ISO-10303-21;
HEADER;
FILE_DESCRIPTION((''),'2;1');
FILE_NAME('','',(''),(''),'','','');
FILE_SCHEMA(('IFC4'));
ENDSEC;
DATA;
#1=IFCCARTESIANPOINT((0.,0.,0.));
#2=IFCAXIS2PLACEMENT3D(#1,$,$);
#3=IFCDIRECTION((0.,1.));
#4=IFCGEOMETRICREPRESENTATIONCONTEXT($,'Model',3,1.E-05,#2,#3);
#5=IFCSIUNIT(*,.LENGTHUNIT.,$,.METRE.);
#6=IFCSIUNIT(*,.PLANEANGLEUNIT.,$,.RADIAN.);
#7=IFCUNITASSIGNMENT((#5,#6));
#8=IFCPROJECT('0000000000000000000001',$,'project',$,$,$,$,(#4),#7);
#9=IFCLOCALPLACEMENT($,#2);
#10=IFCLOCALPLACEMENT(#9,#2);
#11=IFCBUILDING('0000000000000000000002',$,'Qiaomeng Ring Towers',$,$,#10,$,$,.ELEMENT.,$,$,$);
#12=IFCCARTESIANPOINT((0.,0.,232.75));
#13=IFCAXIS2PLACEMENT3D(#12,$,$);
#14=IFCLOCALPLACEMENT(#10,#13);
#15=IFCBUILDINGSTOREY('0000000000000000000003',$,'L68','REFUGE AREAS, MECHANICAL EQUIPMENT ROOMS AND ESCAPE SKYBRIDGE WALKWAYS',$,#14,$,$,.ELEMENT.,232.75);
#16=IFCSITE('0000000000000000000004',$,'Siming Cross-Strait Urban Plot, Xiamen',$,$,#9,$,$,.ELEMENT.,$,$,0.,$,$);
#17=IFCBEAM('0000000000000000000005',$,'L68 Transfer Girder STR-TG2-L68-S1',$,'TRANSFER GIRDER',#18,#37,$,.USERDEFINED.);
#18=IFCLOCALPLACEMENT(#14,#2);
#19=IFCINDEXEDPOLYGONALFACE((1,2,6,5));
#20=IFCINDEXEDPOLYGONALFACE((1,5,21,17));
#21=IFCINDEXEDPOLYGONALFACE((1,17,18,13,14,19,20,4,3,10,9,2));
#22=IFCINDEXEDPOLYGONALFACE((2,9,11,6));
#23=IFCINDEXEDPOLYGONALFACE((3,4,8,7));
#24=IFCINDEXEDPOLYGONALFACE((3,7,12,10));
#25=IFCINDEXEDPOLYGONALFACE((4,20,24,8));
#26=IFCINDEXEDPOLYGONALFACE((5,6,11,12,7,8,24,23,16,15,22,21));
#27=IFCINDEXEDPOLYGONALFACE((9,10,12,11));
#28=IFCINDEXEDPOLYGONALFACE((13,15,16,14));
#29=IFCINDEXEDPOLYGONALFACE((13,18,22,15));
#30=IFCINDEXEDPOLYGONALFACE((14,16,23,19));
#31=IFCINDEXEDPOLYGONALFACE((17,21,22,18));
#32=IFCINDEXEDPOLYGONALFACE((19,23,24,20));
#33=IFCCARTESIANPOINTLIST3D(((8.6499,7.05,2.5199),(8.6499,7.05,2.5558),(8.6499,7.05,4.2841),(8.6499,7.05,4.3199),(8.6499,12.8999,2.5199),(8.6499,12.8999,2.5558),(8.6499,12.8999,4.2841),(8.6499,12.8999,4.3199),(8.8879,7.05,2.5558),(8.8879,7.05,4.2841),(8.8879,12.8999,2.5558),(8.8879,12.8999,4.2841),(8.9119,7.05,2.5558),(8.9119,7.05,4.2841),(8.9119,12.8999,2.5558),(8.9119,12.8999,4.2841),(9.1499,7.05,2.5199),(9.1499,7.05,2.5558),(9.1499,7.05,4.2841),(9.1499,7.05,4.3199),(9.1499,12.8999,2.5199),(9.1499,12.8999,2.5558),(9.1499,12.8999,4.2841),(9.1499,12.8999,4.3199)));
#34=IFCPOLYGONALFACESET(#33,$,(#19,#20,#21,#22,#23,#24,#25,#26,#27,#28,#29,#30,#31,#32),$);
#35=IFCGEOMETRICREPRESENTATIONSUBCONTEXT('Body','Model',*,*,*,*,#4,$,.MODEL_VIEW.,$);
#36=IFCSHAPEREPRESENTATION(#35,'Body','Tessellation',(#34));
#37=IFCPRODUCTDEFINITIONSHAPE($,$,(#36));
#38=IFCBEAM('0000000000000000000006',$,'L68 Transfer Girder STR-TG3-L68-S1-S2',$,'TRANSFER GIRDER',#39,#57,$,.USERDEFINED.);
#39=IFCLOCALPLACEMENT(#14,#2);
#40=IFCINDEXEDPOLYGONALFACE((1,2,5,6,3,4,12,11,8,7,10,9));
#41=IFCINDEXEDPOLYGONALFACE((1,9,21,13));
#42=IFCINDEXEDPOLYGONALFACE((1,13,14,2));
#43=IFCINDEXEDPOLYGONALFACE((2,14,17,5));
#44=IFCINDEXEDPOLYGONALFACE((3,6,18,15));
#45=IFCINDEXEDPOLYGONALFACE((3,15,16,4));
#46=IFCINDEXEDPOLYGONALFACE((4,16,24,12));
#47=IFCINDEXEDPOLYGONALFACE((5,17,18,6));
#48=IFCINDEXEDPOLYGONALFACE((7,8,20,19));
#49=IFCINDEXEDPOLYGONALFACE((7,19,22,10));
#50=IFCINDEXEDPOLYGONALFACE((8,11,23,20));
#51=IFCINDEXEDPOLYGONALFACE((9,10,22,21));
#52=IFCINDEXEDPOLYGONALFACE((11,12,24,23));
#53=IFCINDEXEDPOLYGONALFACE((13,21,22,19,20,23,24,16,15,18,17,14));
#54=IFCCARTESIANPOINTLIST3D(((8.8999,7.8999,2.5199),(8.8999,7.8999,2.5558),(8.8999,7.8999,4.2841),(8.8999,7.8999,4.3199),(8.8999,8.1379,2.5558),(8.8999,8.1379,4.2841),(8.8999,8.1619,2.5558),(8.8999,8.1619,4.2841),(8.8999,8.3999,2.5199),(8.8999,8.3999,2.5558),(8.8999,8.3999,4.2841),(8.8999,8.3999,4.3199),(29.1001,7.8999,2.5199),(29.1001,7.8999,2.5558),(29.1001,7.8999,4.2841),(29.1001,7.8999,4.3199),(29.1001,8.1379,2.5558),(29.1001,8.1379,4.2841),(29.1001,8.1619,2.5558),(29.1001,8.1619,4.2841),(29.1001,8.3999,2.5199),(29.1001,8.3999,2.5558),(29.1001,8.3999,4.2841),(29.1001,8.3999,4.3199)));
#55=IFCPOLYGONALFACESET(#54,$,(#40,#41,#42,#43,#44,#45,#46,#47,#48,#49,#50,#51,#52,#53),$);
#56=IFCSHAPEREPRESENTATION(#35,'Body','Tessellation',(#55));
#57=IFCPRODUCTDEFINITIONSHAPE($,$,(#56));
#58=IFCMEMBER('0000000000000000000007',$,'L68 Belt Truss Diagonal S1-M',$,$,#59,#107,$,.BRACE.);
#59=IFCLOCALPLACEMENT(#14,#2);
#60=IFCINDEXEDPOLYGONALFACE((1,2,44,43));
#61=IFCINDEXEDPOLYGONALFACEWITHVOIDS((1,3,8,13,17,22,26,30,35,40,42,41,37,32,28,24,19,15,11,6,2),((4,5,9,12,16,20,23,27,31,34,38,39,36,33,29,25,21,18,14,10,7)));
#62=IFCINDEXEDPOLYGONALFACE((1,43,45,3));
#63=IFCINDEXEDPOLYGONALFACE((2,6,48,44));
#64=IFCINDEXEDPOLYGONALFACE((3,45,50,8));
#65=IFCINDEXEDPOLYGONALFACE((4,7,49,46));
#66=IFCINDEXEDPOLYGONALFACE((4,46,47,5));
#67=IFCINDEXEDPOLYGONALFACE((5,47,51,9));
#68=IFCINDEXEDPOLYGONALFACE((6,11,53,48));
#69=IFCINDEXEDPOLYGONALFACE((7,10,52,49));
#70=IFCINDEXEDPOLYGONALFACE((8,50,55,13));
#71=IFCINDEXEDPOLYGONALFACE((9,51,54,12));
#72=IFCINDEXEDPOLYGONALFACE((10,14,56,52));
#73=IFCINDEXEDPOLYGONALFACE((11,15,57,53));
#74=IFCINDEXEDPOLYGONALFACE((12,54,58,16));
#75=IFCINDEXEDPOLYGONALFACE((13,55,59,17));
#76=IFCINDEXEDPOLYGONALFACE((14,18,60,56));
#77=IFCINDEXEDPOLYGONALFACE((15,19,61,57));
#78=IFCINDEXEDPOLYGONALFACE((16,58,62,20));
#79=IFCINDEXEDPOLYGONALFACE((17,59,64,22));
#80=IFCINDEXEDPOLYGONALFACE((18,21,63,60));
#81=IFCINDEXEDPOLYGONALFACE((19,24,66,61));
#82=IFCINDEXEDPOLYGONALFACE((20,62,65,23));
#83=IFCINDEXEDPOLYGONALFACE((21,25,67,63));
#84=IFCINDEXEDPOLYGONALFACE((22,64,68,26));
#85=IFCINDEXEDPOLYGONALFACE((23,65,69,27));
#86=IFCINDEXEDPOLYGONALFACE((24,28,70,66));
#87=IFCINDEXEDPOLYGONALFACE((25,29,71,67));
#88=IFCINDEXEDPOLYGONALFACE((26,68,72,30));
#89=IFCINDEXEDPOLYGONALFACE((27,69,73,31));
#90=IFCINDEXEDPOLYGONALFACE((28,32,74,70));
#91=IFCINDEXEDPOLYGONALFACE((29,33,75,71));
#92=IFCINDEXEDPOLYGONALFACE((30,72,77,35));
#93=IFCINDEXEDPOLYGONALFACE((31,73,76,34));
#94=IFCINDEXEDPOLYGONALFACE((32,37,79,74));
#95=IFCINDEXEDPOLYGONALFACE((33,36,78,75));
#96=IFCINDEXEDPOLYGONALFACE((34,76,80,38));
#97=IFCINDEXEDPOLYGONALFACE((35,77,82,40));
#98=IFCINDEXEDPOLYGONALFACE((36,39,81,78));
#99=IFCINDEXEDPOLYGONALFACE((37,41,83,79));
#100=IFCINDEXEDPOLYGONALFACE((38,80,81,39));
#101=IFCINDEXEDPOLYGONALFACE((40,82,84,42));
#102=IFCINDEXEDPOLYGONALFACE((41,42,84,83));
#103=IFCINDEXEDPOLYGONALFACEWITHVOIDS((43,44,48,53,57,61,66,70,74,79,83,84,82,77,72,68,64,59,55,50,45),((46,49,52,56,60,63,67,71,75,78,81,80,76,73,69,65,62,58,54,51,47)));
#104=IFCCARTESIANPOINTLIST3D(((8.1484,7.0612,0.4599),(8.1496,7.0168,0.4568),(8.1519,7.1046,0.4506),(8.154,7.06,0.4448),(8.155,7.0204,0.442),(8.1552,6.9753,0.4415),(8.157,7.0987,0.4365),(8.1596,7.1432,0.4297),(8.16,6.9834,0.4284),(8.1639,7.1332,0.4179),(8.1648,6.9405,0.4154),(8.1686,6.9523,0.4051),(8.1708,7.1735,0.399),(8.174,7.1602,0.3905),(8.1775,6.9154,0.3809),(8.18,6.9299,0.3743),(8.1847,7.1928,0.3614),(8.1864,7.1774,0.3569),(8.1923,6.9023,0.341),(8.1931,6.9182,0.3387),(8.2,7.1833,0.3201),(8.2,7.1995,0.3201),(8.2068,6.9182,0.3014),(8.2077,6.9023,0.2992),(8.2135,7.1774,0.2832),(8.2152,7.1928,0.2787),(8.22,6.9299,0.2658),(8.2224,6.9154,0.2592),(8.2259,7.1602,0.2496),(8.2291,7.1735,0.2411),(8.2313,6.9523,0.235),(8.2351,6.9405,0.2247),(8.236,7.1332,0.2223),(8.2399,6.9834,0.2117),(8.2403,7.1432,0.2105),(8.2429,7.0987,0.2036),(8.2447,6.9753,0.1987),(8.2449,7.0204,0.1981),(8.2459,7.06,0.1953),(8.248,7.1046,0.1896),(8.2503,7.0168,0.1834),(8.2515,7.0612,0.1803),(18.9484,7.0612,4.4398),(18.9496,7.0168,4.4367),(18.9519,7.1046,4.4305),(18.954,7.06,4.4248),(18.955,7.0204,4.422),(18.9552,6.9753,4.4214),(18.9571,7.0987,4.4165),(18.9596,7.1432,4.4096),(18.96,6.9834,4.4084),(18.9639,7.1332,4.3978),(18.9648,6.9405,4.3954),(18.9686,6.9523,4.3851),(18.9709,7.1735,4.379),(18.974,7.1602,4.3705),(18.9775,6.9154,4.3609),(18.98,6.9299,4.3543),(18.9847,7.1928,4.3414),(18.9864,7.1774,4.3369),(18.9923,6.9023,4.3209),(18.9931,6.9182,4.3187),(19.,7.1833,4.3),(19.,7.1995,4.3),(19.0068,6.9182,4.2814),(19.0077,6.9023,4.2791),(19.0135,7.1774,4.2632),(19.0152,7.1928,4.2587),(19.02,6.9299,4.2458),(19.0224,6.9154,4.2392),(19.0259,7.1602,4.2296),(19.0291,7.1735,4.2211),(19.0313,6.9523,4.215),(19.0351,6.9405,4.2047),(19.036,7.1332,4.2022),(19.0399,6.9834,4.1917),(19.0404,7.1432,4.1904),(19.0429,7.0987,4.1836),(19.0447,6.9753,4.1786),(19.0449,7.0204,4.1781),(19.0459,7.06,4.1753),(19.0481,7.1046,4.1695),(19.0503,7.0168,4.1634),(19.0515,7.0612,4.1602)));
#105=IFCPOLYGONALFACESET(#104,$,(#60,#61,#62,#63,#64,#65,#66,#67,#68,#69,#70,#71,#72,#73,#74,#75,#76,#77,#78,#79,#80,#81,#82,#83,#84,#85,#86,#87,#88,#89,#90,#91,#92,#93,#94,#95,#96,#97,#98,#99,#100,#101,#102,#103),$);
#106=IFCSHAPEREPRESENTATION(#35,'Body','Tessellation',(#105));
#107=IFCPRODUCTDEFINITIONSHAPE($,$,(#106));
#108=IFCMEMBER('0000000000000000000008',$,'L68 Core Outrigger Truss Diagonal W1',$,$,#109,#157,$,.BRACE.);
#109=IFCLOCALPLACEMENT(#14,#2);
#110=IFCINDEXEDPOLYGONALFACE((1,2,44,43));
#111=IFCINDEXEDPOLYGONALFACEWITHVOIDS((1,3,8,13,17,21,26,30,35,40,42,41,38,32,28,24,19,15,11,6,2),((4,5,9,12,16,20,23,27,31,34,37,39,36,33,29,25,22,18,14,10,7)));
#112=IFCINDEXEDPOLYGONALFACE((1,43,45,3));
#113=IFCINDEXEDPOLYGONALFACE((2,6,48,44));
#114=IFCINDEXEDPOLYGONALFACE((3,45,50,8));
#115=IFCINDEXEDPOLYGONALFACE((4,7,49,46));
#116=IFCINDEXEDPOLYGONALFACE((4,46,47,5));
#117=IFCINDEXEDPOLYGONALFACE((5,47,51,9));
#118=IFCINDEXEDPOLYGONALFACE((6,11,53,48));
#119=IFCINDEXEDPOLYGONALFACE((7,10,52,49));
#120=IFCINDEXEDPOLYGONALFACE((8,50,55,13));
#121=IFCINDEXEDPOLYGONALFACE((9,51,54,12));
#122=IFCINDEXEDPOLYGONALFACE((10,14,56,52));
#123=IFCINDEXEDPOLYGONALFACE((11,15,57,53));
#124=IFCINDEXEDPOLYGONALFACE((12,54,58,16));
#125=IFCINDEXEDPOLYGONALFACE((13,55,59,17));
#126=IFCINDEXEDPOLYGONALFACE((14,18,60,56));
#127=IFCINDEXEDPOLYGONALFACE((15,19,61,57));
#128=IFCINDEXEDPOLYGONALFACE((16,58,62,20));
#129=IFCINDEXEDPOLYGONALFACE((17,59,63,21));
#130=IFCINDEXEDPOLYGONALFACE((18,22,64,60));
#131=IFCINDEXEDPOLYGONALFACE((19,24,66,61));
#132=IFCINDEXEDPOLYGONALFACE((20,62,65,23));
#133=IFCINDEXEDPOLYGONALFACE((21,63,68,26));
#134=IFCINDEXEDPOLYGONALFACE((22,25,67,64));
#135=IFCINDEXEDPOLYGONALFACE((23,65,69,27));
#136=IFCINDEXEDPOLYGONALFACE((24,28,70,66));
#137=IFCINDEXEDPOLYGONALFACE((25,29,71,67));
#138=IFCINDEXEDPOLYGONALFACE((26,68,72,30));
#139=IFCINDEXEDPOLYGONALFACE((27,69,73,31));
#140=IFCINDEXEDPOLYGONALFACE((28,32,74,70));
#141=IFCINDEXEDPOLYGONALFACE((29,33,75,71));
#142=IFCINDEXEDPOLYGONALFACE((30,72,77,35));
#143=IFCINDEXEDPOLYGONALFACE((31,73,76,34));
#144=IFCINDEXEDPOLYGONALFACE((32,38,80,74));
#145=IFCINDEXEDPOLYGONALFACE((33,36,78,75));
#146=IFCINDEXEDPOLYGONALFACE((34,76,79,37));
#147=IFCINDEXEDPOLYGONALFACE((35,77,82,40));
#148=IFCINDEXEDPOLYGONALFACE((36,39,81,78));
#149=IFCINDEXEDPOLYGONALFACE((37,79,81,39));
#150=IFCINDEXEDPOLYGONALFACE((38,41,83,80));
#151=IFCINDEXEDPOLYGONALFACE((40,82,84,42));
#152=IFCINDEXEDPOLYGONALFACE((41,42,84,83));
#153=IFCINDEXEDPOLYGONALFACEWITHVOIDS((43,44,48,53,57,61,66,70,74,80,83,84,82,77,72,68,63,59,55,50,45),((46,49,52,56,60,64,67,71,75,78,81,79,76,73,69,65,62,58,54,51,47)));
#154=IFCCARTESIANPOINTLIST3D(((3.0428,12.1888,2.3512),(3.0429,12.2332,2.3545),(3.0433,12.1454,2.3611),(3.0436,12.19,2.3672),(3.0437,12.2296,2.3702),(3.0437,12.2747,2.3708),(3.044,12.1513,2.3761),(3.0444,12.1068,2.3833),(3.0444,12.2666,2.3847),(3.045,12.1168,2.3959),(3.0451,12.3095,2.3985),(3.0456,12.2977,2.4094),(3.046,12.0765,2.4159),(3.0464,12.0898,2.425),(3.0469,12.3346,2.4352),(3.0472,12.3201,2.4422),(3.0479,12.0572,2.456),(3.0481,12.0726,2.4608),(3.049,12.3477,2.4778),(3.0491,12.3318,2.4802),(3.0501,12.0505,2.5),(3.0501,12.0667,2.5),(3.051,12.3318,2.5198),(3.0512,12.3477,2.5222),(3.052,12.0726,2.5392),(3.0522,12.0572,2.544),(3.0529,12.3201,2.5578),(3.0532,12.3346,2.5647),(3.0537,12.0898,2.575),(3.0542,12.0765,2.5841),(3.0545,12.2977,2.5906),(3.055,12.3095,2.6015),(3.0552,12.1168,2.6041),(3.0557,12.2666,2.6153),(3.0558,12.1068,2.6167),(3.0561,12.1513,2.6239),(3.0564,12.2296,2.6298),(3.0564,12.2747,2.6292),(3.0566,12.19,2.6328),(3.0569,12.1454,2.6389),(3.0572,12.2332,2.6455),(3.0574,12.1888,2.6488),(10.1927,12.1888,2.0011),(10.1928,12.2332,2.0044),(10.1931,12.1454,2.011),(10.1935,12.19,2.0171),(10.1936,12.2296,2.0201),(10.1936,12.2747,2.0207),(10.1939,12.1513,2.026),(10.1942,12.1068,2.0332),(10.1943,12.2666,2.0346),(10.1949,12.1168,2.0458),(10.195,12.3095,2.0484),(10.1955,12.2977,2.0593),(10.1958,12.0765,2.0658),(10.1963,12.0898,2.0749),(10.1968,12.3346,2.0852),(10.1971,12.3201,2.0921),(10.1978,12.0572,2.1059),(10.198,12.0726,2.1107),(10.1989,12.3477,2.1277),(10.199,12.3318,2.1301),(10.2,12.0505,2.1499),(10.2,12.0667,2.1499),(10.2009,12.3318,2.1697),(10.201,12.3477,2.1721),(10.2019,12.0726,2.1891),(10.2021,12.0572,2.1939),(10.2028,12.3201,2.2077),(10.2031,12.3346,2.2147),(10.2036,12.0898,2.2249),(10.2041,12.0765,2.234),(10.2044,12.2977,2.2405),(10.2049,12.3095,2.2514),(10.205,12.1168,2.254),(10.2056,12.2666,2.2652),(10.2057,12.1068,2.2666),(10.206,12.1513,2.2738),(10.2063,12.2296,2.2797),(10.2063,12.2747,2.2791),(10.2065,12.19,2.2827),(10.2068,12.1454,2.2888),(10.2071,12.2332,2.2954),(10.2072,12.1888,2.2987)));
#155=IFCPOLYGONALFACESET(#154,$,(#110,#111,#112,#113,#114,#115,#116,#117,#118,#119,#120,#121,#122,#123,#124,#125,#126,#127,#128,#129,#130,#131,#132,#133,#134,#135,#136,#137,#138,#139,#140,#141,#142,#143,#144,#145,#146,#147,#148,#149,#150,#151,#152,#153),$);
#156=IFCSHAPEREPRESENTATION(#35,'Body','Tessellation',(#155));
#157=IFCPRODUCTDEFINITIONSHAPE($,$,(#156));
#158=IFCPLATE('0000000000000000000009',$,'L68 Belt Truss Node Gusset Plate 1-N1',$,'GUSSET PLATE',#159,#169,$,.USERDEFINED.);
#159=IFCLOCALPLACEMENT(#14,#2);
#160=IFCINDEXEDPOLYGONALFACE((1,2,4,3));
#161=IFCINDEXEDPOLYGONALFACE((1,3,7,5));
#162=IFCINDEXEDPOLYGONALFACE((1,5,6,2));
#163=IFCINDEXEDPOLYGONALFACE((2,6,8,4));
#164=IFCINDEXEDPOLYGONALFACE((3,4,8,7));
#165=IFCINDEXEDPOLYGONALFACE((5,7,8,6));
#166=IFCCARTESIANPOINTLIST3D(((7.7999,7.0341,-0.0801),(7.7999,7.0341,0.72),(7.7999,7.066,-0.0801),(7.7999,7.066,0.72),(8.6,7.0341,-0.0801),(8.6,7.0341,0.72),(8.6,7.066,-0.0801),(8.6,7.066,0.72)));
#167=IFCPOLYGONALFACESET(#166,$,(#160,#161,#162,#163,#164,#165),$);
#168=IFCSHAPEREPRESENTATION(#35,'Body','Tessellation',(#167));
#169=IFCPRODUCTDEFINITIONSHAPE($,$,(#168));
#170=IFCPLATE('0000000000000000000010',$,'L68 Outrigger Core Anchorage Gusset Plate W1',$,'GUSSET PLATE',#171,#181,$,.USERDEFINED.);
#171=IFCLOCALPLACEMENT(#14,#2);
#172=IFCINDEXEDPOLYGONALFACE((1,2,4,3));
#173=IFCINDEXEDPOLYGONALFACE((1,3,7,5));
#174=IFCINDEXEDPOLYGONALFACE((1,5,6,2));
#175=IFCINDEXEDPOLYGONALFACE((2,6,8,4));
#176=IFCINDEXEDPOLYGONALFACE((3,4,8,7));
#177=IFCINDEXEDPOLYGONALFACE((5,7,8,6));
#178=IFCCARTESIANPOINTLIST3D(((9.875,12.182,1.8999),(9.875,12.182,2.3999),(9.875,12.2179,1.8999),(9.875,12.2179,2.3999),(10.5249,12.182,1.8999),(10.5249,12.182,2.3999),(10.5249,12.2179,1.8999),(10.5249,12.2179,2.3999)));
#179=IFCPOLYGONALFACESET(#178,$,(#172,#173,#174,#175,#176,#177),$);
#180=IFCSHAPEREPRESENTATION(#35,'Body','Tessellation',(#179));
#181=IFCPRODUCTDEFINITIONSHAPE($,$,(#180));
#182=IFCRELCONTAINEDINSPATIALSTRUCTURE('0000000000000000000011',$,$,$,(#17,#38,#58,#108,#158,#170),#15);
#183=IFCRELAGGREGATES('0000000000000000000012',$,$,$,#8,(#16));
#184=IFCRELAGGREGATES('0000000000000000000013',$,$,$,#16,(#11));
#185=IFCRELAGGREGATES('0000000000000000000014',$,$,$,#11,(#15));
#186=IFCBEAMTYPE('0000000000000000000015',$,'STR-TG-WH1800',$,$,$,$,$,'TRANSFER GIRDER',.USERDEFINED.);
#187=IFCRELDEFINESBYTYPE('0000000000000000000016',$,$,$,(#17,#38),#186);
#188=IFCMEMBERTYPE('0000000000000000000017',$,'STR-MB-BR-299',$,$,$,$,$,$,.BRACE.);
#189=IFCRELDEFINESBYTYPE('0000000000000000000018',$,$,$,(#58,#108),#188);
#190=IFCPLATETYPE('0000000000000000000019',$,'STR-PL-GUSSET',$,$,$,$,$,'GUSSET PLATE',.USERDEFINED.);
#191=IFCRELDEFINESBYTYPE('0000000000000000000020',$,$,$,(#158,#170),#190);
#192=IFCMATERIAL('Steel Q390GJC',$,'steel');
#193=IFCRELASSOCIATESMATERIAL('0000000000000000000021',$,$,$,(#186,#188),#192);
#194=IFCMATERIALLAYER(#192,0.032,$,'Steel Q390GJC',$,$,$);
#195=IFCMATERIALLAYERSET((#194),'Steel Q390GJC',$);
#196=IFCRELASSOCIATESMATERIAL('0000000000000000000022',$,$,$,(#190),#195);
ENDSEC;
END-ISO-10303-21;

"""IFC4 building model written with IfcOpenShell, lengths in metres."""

from ifc_helpers import new_model, si_unit, direction, frame, origin, origin_2d, place, context, subcontext, project, spatial, rectangle, hollow_circle, i_section, extrude, source, transform, mapped, material, layer, layer_set, material_profile, profile_set, type_object, element, save


model = new_model("IFC4")

# Units and contexts
model_context = context("Model", 3, precision=1e-05, world=origin(), true_north=direction((0.0, 1.0)))
body_context = subcontext(model_context, "Body", "Model", "MODEL_VIEW")
ifc_project = project(units=[si_unit("LENGTHUNIT", "METRE"), si_unit("PLANEANGLEUNIT", "RADIAN")], contexts=[model_context])

# Site, building, storey
site_placement = place(None, origin())
site = spatial("IfcSite", under=ifc_project, at=site_placement, Name="Siming Cross-Strait Urban Plot, Xiamen", CompositionType="ELEMENT", RefElevation=0.0)
building_placement = place(site_placement, origin())
building = spatial("IfcBuilding", under=site, at=building_placement, Name="Qiaomeng Ring Towers", CompositionType="ELEMENT")
storey_placement = place(building_placement, frame((0.0, 0.0, 232.75)))
storey = spatial("IfcBuildingStorey", under=building, at=storey_placement, Name="L68", Description="REFUGE AREAS, MECHANICAL EQUIPMENT ROOMS AND ESCAPE SKYBRIDGE WALKWAYS", CompositionType="ELEMENT", Elevation=232.75)

# Beams
ifc_material_1 = material(Name="Steel Q390GJC", Category="steel")
ifc_material_profile_1 = material_profile(ifc_material_1, i_section(OverallWidth=0.5, OverallDepth=1.8, WebThickness=0.0239, FlangeThickness=0.0359, at=origin_2d()), Name="WH 1800x500x24x36")
ifc_profile_set_1 = profile_set([ifc_material_profile_1], Name="Steel Q390GJC")
beam_type_1 = type_object("IfcBeamType", Name="STR-TG-WH1800", ElementType="TRANSFER GIRDER", PredefinedType="USERDEFINED", material=ifc_profile_set_1)
shared_shape_1 = source(origin(), body_context, "Body", "SweptSolid", [
    extrude(i_section(OverallWidth=0.5, OverallDepth=1.8, WebThickness=0.0239, FlangeThickness=0.0359, at=origin_2d()), origin(), (0.0, 0.0, 1.0), 5.8499),
])
beam_1_placement = place(storey_placement, frame((8.8999, 7.05, 3.4199), z_axis=(0.0, 1.0, 0.0), x_axis=(-1.0, 0.0, 0.0)))
element("IfcBeam", 1, at=beam_1_placement, inside=storey, type_object=beam_type_1, Name="L68 Transfer Girder STR-TG2-L68-S1", ObjectType="TRANSFER GIRDER", PredefinedType="USERDEFINED", context=body_context, shape_type="MappedRepresentation", body=[
    mapped(shared_shape_1, transform((0.0, 0.0, 0.0), x_axis=(1.0, 0.0, 0.0), y_axis=(0.0, 1.0, 0.0), z_axis=(0.0, 0.0, 1.0), scale=1.0)),
])
shared_shape_2 = source(origin(), body_context, "Body", "SweptSolid", [
    extrude(i_section(OverallWidth=0.5, OverallDepth=1.8, WebThickness=0.0239, FlangeThickness=0.0359, at=origin_2d()), origin(), (0.0, 0.0, 1.0), 20.2002),
])
beam_2_placement = place(storey_placement, frame((8.8999, 8.1499, 3.4199), z_axis=(1.0, 0.0, 0.0), x_axis=(0.0, 1.0, 0.0)))
element("IfcBeam", 2, at=beam_2_placement, inside=storey, type_object=beam_type_1, Name="L68 Transfer Girder STR-TG3-L68-S1-S2", ObjectType="TRANSFER GIRDER", PredefinedType="USERDEFINED", context=body_context, shape_type="MappedRepresentation", body=[
    mapped(shared_shape_2, transform((0.0, 0.0, 0.0), x_axis=(1.0, 0.0, 0.0), y_axis=(0.0, 1.0, 0.0), z_axis=(0.0, 0.0, 1.0), scale=1.0)),
])

# Members
ifc_material_profile_2 = material_profile(ifc_material_1, hollow_circle(Radius=0.1494, WallThickness=0.0161, at=origin_2d()), Name="CHS 299x16")
ifc_profile_set_2 = profile_set([ifc_material_profile_2], Name="Steel Q390GJC")
member_type = type_object("IfcMemberType", Name="STR-MB-BR-299", PredefinedType="BRACE", material=ifc_profile_set_2)
shared_shape_3 = source(origin(), body_context, "Body", "SweptSolid", [
    extrude(hollow_circle(Radius=0.1494, WallThickness=0.0161, at=origin_2d()), origin(), (0.0, 0.0, 1.0), 11.51),
])
member_1_placement = place(storey_placement, frame((8.2, 7.05, 0.3201), z_axis=(0.938315, 0.0, 0.345783), x_axis=(0.0, 1.0, 0.0)))
element("IfcMember", 3, at=member_1_placement, inside=storey, type_object=member_type, Name="L68 Belt Truss Diagonal S1-M", PredefinedType="BRACE", context=body_context, shape_type="MappedRepresentation", body=[
    mapped(shared_shape_3, transform((0.0, 0.0, 0.0), x_axis=(1.0, 0.0, 0.0), y_axis=(0.0, 1.0, 0.0), z_axis=(0.0, 0.0, 1.0), scale=1.0)),
])
shared_shape_4 = source(origin(), body_context, "Body", "SweptSolid", [
    extrude(hollow_circle(Radius=0.1494, WallThickness=0.0161, at=origin_2d()), origin(), (0.0, 0.0, 1.0), 7.1584),
])
member_2_placement = place(storey_placement, frame((10.2, 12.2, 2.1499), z_axis=(-0.998803, 0.0, 0.048907), x_axis=(0.0, -1.0, 0.0)))
element("IfcMember", 4, at=member_2_placement, inside=storey, type_object=member_type, Name="L68 Core Outrigger Truss Diagonal W1", PredefinedType="BRACE", context=body_context, shape_type="MappedRepresentation", body=[
    mapped(shared_shape_4, transform((0.0, 0.0, 0.0), x_axis=(1.0, 0.0, 0.0), y_axis=(0.0, 1.0, 0.0), z_axis=(0.0, 0.0, 1.0), scale=1.0)),
])

# Plates
ifc_layer_1 = layer(ifc_material_1, 0.032, Name="Steel Q390GJC")
ifc_layer_set_1 = layer_set([ifc_layer_1], Name="Steel Q390GJC")
plate_type = type_object("IfcPlateType", Name="STR-PL-GUSSET", ElementType="GUSSET PLATE", PredefinedType="USERDEFINED", material=ifc_layer_set_1)
shared_shape_5 = source(origin(), body_context, "Body", "SweptSolid", [
    extrude(rectangle(XDim=0.8, YDim=0.032, at=origin_2d()), origin(), (0.0, 0.0, 1.0), 0.8),
])
plate_1_placement = place(storey_placement, frame((8.2, 7.05, -0.0801), z_axis=(0.0, 0.0, 1.0), x_axis=(1.0, 0.0, 0.0)))
element("IfcPlate", 5, at=plate_1_placement, inside=storey, type_object=plate_type, Name="L68 Belt Truss Node Gusset Plate 1-N1", ObjectType="GUSSET PLATE", PredefinedType="USERDEFINED", context=body_context, shape_type="MappedRepresentation", body=[
    mapped(shared_shape_5, transform((0.0, 0.0, 0.0), x_axis=(1.0, 0.0, 0.0), y_axis=(0.0, 1.0, 0.0), z_axis=(0.0, 0.0, 1.0), scale=1.0)),
])
shared_shape_6 = source(origin(), body_context, "Body", "SweptSolid", [
    extrude(rectangle(XDim=0.6499, YDim=0.0359, at=origin_2d()), origin(), (0.0, 0.0, 1.0), 0.5),
])
plate_2_placement = place(storey_placement, frame((10.2, 12.2, 1.8999), z_axis=(0.0, 0.0, 1.0), x_axis=(1.0, 0.0, 0.0)))
element("IfcPlate", 6, at=plate_2_placement, inside=storey, type_object=plate_type, Name="L68 Outrigger Core Anchorage Gusset Plate W1", ObjectType="GUSSET PLATE", PredefinedType="USERDEFINED", context=body_context, shape_type="MappedRepresentation", body=[
    mapped(shared_shape_6, transform((0.0, 0.0, 0.0), x_axis=(1.0, 0.0, 0.0), y_axis=(0.0, 1.0, 0.0), z_axis=(0.0, 0.0, 1.0), scale=1.0)),
])

save(model, "model.ifc")
